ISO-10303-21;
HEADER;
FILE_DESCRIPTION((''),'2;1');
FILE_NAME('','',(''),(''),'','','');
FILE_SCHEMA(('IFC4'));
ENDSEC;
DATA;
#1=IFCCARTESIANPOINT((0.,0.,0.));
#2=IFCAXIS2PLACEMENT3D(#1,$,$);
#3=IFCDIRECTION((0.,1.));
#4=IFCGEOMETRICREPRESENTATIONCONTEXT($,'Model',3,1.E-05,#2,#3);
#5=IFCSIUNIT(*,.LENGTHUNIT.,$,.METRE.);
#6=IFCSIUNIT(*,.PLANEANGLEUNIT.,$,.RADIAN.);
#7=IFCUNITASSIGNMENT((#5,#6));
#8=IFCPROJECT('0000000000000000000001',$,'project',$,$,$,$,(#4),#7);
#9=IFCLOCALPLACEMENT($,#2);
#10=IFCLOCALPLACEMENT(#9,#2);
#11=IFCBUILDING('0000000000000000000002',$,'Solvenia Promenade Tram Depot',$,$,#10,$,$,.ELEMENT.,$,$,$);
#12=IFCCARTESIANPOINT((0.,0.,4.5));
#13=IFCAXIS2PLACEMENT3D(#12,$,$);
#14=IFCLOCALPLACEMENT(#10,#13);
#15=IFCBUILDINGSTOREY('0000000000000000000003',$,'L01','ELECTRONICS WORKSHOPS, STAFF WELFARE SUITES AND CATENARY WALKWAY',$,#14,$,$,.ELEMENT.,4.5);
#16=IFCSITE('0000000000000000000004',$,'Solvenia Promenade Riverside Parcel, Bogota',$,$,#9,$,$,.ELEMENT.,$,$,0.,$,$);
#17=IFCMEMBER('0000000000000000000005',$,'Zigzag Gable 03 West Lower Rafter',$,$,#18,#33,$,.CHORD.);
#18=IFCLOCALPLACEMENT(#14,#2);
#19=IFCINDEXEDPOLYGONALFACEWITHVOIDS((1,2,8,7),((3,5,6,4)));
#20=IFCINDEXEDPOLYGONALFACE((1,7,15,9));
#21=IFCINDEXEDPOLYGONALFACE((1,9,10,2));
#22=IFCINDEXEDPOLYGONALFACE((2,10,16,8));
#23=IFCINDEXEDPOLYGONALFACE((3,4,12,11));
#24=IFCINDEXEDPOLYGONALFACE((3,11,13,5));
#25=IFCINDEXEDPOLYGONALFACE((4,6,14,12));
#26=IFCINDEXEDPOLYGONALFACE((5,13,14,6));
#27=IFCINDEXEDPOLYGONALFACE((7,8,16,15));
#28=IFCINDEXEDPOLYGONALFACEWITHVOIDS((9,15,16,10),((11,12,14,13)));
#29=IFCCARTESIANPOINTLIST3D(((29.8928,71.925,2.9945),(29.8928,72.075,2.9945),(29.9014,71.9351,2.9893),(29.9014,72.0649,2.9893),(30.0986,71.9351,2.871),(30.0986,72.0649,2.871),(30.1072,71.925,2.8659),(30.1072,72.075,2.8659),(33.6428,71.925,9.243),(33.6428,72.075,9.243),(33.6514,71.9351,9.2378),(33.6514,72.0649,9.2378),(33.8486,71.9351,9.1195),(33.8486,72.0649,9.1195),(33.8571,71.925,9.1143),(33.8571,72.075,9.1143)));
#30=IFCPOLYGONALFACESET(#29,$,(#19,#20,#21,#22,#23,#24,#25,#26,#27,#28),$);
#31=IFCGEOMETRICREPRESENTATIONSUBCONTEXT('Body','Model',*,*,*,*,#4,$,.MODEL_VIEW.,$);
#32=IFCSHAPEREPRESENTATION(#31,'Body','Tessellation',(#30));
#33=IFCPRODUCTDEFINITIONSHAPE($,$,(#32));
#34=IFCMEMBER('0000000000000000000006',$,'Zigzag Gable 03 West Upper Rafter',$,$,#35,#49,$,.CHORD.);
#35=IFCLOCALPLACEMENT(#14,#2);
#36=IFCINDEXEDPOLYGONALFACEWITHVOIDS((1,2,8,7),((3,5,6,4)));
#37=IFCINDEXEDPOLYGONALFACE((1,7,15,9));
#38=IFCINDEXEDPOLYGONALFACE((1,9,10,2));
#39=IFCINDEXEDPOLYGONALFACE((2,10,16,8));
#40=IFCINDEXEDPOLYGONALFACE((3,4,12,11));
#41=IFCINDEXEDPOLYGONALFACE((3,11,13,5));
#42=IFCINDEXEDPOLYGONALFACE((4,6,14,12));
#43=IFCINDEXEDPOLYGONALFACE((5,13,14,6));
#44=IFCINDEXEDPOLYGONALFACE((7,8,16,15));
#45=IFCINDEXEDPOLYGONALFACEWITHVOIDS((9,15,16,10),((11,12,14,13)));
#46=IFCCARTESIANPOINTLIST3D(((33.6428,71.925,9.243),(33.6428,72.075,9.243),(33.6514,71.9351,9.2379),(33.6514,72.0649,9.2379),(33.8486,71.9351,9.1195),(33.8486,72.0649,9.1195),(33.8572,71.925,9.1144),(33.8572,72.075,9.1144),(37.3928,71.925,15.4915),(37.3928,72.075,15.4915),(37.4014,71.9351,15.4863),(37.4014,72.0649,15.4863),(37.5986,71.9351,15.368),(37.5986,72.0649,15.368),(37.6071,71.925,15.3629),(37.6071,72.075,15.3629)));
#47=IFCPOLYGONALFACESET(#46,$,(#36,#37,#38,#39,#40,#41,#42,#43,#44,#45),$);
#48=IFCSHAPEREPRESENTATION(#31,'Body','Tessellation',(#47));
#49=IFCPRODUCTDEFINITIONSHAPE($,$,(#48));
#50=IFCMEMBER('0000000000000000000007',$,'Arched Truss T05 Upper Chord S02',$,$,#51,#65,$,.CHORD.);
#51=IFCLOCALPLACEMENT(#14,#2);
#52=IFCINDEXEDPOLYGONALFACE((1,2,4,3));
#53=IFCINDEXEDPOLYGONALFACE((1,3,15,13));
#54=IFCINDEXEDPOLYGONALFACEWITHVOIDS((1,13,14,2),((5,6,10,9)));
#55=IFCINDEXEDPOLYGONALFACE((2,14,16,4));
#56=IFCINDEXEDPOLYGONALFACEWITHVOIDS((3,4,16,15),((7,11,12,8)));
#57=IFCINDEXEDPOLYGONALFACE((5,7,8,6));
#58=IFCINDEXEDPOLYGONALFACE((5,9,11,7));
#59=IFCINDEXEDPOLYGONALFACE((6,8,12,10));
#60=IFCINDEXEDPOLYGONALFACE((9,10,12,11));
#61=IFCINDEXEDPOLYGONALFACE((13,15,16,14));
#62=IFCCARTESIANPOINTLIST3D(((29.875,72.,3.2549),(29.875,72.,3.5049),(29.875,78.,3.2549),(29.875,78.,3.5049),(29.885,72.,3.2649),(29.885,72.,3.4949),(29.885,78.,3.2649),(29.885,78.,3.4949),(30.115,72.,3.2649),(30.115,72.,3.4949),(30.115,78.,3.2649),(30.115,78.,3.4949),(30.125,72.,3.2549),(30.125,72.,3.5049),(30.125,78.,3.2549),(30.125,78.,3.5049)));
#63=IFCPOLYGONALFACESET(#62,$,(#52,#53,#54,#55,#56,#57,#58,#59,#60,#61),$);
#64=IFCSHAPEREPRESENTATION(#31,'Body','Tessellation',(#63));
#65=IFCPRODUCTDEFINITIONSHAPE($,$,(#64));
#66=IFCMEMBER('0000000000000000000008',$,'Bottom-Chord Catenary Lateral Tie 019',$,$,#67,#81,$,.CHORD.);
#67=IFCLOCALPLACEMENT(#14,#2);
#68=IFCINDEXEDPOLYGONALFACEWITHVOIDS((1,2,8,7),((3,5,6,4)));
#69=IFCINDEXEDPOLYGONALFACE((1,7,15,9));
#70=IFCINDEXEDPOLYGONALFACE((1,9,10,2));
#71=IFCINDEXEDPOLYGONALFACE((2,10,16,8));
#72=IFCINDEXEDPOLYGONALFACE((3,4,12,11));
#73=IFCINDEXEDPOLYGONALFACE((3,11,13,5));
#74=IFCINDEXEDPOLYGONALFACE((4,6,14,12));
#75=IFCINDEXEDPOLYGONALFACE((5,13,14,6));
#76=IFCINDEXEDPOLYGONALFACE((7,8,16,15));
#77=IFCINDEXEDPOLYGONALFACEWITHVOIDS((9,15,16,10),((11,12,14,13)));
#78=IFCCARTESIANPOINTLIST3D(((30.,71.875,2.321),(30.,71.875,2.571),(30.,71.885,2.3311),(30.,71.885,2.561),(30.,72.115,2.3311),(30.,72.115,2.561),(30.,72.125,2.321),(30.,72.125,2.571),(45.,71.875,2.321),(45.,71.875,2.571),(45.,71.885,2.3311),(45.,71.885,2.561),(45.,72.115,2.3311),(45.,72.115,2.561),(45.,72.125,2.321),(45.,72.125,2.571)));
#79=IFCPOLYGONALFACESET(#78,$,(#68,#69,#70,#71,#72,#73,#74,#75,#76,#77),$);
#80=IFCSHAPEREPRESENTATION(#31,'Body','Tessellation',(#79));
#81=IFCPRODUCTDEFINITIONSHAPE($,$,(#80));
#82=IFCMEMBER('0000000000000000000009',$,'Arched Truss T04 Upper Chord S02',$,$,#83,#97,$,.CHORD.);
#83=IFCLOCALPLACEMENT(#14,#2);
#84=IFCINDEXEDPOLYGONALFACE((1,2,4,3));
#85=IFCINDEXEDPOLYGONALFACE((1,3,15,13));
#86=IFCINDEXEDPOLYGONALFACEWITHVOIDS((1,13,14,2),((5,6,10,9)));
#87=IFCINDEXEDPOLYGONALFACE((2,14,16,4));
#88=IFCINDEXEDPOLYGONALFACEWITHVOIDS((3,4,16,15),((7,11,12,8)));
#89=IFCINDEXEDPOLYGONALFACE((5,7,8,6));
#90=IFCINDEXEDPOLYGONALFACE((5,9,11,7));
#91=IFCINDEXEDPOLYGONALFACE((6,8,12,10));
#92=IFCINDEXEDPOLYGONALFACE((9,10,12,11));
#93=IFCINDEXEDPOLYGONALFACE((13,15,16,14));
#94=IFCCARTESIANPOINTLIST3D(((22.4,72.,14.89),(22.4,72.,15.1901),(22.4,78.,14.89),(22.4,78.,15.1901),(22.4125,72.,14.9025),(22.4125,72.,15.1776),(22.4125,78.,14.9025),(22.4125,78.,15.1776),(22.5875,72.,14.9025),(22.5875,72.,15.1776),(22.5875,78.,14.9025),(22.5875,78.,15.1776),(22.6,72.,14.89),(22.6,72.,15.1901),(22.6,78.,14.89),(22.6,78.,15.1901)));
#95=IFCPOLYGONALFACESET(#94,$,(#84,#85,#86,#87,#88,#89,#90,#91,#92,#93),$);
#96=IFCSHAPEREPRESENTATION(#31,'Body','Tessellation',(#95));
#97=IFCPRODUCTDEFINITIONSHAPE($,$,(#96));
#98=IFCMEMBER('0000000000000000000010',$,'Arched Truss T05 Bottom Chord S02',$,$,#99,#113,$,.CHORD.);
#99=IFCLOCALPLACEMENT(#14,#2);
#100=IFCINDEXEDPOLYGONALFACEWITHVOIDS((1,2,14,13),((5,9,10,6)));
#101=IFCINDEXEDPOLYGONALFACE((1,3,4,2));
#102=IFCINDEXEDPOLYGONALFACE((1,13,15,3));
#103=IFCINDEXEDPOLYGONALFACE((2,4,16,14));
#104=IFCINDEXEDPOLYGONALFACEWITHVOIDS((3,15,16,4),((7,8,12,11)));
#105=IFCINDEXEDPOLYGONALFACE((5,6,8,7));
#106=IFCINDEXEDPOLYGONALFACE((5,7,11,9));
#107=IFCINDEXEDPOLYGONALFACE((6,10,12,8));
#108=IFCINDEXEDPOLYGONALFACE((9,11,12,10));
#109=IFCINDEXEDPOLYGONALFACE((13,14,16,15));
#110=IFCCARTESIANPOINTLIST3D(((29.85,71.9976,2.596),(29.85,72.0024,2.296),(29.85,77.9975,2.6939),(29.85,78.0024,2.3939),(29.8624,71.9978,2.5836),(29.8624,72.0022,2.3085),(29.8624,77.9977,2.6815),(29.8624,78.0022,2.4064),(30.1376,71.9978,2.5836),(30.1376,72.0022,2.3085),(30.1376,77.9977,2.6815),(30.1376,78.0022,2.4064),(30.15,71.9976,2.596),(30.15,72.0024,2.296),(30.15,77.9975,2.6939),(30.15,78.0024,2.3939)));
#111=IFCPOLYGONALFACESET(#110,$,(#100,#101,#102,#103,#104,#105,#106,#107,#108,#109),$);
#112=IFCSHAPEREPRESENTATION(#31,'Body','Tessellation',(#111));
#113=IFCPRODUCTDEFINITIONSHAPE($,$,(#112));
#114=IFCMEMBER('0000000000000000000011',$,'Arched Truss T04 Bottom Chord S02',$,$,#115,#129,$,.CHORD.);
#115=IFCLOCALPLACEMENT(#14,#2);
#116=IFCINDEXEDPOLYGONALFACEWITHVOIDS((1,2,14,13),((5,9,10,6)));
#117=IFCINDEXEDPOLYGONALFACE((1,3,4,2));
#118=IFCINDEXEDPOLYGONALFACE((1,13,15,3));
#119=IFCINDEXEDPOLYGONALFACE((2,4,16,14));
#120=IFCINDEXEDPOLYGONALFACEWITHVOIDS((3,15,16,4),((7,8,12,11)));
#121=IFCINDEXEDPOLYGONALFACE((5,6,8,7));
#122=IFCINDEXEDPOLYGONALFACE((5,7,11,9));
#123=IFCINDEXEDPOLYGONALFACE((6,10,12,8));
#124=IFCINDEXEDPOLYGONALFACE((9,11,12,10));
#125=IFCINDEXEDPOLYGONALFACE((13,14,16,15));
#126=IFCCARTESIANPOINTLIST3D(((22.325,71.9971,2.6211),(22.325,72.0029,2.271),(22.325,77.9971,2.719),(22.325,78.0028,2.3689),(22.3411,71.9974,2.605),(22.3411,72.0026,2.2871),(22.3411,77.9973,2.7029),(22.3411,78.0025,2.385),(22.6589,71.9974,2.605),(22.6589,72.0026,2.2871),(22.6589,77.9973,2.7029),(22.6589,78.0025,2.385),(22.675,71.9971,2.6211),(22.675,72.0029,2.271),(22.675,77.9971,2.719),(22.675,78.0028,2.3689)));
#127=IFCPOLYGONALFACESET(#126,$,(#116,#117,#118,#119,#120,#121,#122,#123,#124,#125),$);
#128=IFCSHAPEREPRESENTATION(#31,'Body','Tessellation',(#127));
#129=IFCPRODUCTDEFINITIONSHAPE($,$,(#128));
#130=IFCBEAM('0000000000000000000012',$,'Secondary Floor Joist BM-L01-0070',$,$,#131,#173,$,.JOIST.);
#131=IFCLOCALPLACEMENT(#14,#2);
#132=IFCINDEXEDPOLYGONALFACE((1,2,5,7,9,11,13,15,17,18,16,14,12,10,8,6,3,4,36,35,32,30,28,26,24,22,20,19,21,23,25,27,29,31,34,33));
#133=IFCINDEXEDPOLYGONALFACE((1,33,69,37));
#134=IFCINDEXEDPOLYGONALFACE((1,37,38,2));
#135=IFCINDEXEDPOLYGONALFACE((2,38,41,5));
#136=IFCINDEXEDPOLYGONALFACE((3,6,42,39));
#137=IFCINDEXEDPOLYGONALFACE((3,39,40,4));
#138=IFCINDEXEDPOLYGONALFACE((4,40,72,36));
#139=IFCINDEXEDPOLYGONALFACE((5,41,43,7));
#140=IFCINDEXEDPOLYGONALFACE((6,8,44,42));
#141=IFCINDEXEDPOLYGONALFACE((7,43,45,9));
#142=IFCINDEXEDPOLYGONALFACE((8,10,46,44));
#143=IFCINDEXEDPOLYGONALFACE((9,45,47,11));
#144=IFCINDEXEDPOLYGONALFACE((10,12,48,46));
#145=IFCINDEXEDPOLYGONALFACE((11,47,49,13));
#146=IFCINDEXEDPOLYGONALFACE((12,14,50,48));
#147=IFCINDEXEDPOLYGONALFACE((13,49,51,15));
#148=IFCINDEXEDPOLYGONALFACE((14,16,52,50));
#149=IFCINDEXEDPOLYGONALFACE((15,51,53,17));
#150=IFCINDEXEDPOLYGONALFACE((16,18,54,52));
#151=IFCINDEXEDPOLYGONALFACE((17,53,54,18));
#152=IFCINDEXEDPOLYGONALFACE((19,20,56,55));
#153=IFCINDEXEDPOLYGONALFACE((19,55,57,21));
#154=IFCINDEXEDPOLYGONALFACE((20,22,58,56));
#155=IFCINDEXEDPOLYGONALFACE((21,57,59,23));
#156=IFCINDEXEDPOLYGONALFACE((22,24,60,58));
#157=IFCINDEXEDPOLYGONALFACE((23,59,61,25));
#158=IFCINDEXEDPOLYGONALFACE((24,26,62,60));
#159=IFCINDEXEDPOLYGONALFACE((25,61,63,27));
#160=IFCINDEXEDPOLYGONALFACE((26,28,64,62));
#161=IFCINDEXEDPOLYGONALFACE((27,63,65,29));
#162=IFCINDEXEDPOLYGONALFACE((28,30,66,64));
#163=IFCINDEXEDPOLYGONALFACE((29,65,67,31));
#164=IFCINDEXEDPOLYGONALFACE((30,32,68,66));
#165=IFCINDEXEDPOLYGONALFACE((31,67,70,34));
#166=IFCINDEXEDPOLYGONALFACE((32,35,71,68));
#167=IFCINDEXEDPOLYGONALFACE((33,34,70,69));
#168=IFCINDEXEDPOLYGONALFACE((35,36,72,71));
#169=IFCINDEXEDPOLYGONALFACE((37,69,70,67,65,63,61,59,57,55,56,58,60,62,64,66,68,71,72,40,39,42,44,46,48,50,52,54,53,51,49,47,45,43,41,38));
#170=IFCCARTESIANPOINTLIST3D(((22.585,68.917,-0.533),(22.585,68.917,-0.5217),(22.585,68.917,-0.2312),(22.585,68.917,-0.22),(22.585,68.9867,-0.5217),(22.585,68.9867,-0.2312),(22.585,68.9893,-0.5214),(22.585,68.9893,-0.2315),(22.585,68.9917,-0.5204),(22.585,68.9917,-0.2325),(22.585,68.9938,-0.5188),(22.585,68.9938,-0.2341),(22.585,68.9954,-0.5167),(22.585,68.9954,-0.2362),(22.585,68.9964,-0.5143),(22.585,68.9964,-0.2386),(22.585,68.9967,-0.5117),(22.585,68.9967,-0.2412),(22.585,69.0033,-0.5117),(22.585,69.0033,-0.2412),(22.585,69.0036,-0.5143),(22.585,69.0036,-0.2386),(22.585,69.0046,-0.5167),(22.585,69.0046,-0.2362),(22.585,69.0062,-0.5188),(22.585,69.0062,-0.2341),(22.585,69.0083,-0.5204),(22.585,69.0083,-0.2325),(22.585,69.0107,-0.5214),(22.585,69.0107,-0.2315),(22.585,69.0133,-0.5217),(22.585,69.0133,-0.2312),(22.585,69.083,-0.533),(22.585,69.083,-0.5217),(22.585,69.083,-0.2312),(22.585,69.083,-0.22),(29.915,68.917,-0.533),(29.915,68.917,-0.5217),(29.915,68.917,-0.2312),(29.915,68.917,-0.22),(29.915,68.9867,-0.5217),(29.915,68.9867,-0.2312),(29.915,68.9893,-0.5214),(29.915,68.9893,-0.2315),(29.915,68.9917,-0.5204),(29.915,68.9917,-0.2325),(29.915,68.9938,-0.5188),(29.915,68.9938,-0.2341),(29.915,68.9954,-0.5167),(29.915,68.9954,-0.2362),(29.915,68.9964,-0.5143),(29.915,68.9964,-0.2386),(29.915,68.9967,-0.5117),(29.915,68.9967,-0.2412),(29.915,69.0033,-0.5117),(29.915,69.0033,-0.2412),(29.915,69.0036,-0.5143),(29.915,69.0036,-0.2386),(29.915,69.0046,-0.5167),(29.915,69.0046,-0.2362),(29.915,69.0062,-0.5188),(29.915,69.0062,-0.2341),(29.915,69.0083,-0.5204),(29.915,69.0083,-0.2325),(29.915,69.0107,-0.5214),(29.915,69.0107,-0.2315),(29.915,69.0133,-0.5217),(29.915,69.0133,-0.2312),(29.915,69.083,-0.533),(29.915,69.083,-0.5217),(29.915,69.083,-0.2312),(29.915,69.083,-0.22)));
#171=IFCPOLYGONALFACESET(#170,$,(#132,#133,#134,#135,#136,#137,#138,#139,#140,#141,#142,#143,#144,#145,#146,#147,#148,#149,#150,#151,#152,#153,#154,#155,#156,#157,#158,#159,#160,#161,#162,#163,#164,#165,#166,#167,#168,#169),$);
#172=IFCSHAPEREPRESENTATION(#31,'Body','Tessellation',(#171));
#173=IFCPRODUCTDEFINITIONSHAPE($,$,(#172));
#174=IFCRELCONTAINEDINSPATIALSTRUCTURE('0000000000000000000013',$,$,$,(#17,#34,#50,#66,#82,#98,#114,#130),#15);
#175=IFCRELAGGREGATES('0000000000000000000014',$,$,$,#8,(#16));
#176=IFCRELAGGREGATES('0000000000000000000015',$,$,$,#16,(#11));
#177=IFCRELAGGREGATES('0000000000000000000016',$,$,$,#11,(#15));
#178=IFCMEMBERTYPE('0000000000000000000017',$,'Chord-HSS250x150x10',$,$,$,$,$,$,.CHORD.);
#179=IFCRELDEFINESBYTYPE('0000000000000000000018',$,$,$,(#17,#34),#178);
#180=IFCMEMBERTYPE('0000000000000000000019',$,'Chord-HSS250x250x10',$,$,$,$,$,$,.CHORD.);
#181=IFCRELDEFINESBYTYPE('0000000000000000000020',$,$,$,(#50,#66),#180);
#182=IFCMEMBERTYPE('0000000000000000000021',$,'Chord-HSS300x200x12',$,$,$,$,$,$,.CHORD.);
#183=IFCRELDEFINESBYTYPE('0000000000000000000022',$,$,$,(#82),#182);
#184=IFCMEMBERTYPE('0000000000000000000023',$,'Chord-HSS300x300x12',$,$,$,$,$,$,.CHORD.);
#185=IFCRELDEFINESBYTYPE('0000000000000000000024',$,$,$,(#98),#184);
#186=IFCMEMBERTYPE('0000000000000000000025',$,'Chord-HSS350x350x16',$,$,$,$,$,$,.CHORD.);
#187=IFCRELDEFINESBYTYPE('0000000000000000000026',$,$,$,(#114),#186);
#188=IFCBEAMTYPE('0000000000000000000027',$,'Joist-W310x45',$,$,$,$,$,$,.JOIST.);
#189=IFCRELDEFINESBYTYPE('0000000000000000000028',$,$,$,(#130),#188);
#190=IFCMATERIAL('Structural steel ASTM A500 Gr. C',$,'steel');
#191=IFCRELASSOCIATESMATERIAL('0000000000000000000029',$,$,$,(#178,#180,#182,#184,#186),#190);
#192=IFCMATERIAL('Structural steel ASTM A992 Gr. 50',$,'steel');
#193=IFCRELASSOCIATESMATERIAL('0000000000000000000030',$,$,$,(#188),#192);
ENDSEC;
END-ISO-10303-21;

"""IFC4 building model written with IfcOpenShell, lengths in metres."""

from ifc_helpers import new_model, si_unit, direction, frame, origin, origin_2d, place, context, subcontext, project, spatial, hollow_rectangle, i_section, extrude, material, material_profile, profile_set, type_object, element, save


model = new_model("IFC4")

# Units and contexts
model_context = context("Model", 3, precision=1e-05, world=origin(), true_north=direction((0.0, 1.0)))
body_context = subcontext(model_context, "Body", "Model", "MODEL_VIEW")
ifc_project = project(units=[si_unit("LENGTHUNIT", "METRE"), si_unit("PLANEANGLEUNIT", "RADIAN")], contexts=[model_context])

# Site, building, storey
site_placement = place(None, origin())
site = spatial("IfcSite", under=ifc_project, at=site_placement, Name="Solvenia Promenade Riverside Parcel, Bogota", CompositionType="ELEMENT", RefElevation=0.0)
building_placement = place(site_placement, origin())
building = spatial("IfcBuilding", under=site, at=building_placement, Name="Solvenia Promenade Tram Depot", CompositionType="ELEMENT")
storey_placement = place(building_placement, frame((0.0, 0.0, 4.5)))
storey = spatial("IfcBuildingStorey", under=building, at=storey_placement, Name="L01", Description="ELECTRONICS WORKSHOPS, STAFF WELFARE SUITES AND CATENARY WALKWAY", CompositionType="ELEMENT", Elevation=4.5)

# Shared definitions
ifc_material_1 = material(Name="Structural steel ASTM A992 Gr. 50", Category="steel")

# Members
ifc_material_2 = material(Name="Structural steel ASTM A500 Gr. C", Category="steel")
ifc_material_profile_1 = material_profile(ifc_material_2, hollow_rectangle(XDim=0.1499, YDim=0.25, WallThickness=0.01, at=origin_2d()), Name="HSS250x150x10", Category="steel")
ifc_profile_set_1 = profile_set([ifc_material_profile_1], Name="Structural steel ASTM A500 Gr. C")
member_type_1 = type_object("IfcMemberType", Name="Chord-HSS250x150x10", PredefinedType="CHORD", material=ifc_profile_set_1)
for number, where, z_axis, x_axis, name in (
    (1, (30.0, 72.0, 2.9302), (0.514584, 0.0, 0.85744), (0.0, 1.0, 0.0), "Zigzag Gable 03 West Lower Rafter"),
    (2, (33.75, 72.0, 9.1787), (0.514584, 0.0, 0.85744), (0.0, 1.0, 0.0), "Zigzag Gable 03 West Upper Rafter"),
):
    element("IfcMember", number, at=place(storey_placement, frame(where, z_axis=z_axis, x_axis=x_axis)), inside=storey, type_object=member_type_1, Name=name, PredefinedType="CHORD", context=body_context, shape_type="SweptSolid", body=[
        extrude(hollow_rectangle(XDim=0.1499, YDim=0.25, WallThickness=0.01, at=origin_2d()), origin(), (0.0, 0.0, 1.0), 7.2874),
    ])
ifc_material_profile_2 = material_profile(ifc_material_2, hollow_rectangle(XDim=0.25, YDim=0.25, WallThickness=0.01, at=origin_2d()), Name="HSS250x250x10", Category="steel")
ifc_profile_set_2 = profile_set([ifc_material_profile_2], Name="Structural steel ASTM A500 Gr. C")
member_type_2 = type_object("IfcMemberType", Name="Chord-HSS250x250x10", PredefinedType="CHORD", material=ifc_profile_set_2)
member_1_placement = place(storey_placement, frame((30.0, 72.0, 3.3799), z_axis=(0.0, 1.0, 0.0), x_axis=(-1.0, 0.0, 0.0)))
element("IfcMember", 3, at=member_1_placement, inside=storey, type_object=member_type_2, Name="Arched Truss T05 Upper Chord S02", PredefinedType="CHORD", context=body_context, shape_type="SweptSolid", body=[
    extrude(hollow_rectangle(XDim=0.25, YDim=0.25, WallThickness=0.01, at=origin_2d()), origin(), (0.0, 0.0, 1.0), 6.0),
])
member_2_placement = place(storey_placement, frame((30.0, 72.0, 2.446), z_axis=(1.0, 0.0, 0.0), x_axis=(0.0, 1.0, 0.0)))
element("IfcMember", 4, at=member_2_placement, inside=storey, type_object=member_type_2, Name="Bottom-Chord Catenary Lateral Tie 019", PredefinedType="CHORD", context=body_context, shape_type="SweptSolid", body=[
    extrude(hollow_rectangle(XDim=0.25, YDim=0.25, WallThickness=0.01, at=origin_2d()), origin(), (0.0, 0.0, 1.0), 15.0),
])
ifc_material_profile_3 = material_profile(ifc_material_2, hollow_rectangle(XDim=0.2, YDim=0.3, WallThickness=0.0125, at=origin_2d()), Name="HSS300x200x12.5", Category="steel")
ifc_profile_set_3 = profile_set([ifc_material_profile_3], Name="Structural steel ASTM A500 Gr. C")
member_type_3 = type_object("IfcMemberType", Name="Chord-HSS300x200x12", PredefinedType="CHORD", material=ifc_profile_set_3)
member_3_placement = place(storey_placement, frame((22.5, 72.0, 15.04), z_axis=(0.0, 1.0, 0.0), x_axis=(-1.0, 0.0, 0.0)))
element("IfcMember", 5, at=member_3_placement, inside=storey, type_object=member_type_3, Name="Arched Truss T04 Upper Chord S02", PredefinedType="CHORD", context=body_context, shape_type="SweptSolid", body=[
    extrude(hollow_rectangle(XDim=0.2, YDim=0.3, WallThickness=0.0125, at=origin_2d()), origin(), (0.0, 0.0, 1.0), 6.0),
])
ifc_material_profile_4 = material_profile(ifc_material_2, hollow_rectangle(XDim=0.3, YDim=0.3, WallThickness=0.0125, at=origin_2d()), Name="HSS300x300x12.5", Category="steel")
ifc_profile_set_4 = profile_set([ifc_material_profile_4], Name="Structural steel ASTM A500 Gr. C")
member_type_4 = type_object("IfcMemberType", Name="Chord-HSS300x300x12", PredefinedType="CHORD", material=ifc_profile_set_4)
member_4_placement = place(storey_placement, frame((30.0, 72.0, 2.446), z_axis=(0.0, 0.999867, 0.016315), x_axis=(-1.0, 0.0, 0.0)))
element("IfcMember", 6, at=member_4_placement, inside=storey, type_object=member_type_4, Name="Arched Truss T05 Bottom Chord S02", PredefinedType="CHORD", context=body_context, shape_type="SweptSolid", body=[
    extrude(hollow_rectangle(XDim=0.3, YDim=0.3, WallThickness=0.0125, at=origin_2d()), origin(), (0.0, 0.0, 1.0), 6.0007),
])
ifc_material_profile_5 = material_profile(ifc_material_2, hollow_rectangle(XDim=0.3501, YDim=0.3501, WallThickness=0.0161, at=origin_2d()), Name="HSS350x350x16", Category="steel")
ifc_profile_set_5 = profile_set([ifc_material_profile_5], Name="Structural steel ASTM A500 Gr. C")
member_type_5 = type_object("IfcMemberType", Name="Chord-HSS350x350x16", PredefinedType="CHORD", material=ifc_profile_set_5)
member_5_placement = place(storey_placement, frame((22.5, 72.0, 2.446), z_axis=(0.0, 0.999867, 0.016315), x_axis=(-1.0, 0.0, 0.0)))
element("IfcMember", 7, at=member_5_placement, inside=storey, type_object=member_type_5, Name="Arched Truss T04 Bottom Chord S02", PredefinedType="CHORD", context=body_context, shape_type="SweptSolid", body=[
    extrude(hollow_rectangle(XDim=0.3501, YDim=0.3501, WallThickness=0.0161, at=origin_2d()), origin(), (0.0, 0.0, 1.0), 6.0007),
])

# Beam
ifc_material_profile_6 = material_profile(ifc_material_1, i_section(OverallWidth=0.166, OverallDepth=0.313, WebThickness=0.0066, FlangeThickness=0.0112, FilletRadius=0.01, at=origin_2d()), Name="W310x45", Category="steel")
ifc_profile_set_6 = profile_set([ifc_material_profile_6], Name="Structural steel ASTM A992 Gr. 50")
beam_type_1 = type_object("IfcBeamType", Name="Joist-W310x45", PredefinedType="JOIST", material=ifc_profile_set_6)
for number, where, z_axis, x_axis, name in (
    (8, (22.585, 69.0, -0.3765), (1.0, 0.0, 0.0), (0.0, 1.0, 0.0), "Secondary Floor Joist BM-L01-0070"),
):
    element("IfcBeam", number, at=place(storey_placement, frame(where, z_axis=z_axis, x_axis=x_axis)), inside=storey, type_object=beam_type_1, Name=name, PredefinedType="JOIST", context=body_context, shape_type="SweptSolid", body=[
        extrude(i_section(OverallWidth=0.166, OverallDepth=0.313, WebThickness=0.0066, FlangeThickness=0.0112, FilletRadius=0.01, at=origin_2d()), origin(), (0.0, 0.0, 1.0), 7.3301),
    ])

save(model, "model.ifc")
